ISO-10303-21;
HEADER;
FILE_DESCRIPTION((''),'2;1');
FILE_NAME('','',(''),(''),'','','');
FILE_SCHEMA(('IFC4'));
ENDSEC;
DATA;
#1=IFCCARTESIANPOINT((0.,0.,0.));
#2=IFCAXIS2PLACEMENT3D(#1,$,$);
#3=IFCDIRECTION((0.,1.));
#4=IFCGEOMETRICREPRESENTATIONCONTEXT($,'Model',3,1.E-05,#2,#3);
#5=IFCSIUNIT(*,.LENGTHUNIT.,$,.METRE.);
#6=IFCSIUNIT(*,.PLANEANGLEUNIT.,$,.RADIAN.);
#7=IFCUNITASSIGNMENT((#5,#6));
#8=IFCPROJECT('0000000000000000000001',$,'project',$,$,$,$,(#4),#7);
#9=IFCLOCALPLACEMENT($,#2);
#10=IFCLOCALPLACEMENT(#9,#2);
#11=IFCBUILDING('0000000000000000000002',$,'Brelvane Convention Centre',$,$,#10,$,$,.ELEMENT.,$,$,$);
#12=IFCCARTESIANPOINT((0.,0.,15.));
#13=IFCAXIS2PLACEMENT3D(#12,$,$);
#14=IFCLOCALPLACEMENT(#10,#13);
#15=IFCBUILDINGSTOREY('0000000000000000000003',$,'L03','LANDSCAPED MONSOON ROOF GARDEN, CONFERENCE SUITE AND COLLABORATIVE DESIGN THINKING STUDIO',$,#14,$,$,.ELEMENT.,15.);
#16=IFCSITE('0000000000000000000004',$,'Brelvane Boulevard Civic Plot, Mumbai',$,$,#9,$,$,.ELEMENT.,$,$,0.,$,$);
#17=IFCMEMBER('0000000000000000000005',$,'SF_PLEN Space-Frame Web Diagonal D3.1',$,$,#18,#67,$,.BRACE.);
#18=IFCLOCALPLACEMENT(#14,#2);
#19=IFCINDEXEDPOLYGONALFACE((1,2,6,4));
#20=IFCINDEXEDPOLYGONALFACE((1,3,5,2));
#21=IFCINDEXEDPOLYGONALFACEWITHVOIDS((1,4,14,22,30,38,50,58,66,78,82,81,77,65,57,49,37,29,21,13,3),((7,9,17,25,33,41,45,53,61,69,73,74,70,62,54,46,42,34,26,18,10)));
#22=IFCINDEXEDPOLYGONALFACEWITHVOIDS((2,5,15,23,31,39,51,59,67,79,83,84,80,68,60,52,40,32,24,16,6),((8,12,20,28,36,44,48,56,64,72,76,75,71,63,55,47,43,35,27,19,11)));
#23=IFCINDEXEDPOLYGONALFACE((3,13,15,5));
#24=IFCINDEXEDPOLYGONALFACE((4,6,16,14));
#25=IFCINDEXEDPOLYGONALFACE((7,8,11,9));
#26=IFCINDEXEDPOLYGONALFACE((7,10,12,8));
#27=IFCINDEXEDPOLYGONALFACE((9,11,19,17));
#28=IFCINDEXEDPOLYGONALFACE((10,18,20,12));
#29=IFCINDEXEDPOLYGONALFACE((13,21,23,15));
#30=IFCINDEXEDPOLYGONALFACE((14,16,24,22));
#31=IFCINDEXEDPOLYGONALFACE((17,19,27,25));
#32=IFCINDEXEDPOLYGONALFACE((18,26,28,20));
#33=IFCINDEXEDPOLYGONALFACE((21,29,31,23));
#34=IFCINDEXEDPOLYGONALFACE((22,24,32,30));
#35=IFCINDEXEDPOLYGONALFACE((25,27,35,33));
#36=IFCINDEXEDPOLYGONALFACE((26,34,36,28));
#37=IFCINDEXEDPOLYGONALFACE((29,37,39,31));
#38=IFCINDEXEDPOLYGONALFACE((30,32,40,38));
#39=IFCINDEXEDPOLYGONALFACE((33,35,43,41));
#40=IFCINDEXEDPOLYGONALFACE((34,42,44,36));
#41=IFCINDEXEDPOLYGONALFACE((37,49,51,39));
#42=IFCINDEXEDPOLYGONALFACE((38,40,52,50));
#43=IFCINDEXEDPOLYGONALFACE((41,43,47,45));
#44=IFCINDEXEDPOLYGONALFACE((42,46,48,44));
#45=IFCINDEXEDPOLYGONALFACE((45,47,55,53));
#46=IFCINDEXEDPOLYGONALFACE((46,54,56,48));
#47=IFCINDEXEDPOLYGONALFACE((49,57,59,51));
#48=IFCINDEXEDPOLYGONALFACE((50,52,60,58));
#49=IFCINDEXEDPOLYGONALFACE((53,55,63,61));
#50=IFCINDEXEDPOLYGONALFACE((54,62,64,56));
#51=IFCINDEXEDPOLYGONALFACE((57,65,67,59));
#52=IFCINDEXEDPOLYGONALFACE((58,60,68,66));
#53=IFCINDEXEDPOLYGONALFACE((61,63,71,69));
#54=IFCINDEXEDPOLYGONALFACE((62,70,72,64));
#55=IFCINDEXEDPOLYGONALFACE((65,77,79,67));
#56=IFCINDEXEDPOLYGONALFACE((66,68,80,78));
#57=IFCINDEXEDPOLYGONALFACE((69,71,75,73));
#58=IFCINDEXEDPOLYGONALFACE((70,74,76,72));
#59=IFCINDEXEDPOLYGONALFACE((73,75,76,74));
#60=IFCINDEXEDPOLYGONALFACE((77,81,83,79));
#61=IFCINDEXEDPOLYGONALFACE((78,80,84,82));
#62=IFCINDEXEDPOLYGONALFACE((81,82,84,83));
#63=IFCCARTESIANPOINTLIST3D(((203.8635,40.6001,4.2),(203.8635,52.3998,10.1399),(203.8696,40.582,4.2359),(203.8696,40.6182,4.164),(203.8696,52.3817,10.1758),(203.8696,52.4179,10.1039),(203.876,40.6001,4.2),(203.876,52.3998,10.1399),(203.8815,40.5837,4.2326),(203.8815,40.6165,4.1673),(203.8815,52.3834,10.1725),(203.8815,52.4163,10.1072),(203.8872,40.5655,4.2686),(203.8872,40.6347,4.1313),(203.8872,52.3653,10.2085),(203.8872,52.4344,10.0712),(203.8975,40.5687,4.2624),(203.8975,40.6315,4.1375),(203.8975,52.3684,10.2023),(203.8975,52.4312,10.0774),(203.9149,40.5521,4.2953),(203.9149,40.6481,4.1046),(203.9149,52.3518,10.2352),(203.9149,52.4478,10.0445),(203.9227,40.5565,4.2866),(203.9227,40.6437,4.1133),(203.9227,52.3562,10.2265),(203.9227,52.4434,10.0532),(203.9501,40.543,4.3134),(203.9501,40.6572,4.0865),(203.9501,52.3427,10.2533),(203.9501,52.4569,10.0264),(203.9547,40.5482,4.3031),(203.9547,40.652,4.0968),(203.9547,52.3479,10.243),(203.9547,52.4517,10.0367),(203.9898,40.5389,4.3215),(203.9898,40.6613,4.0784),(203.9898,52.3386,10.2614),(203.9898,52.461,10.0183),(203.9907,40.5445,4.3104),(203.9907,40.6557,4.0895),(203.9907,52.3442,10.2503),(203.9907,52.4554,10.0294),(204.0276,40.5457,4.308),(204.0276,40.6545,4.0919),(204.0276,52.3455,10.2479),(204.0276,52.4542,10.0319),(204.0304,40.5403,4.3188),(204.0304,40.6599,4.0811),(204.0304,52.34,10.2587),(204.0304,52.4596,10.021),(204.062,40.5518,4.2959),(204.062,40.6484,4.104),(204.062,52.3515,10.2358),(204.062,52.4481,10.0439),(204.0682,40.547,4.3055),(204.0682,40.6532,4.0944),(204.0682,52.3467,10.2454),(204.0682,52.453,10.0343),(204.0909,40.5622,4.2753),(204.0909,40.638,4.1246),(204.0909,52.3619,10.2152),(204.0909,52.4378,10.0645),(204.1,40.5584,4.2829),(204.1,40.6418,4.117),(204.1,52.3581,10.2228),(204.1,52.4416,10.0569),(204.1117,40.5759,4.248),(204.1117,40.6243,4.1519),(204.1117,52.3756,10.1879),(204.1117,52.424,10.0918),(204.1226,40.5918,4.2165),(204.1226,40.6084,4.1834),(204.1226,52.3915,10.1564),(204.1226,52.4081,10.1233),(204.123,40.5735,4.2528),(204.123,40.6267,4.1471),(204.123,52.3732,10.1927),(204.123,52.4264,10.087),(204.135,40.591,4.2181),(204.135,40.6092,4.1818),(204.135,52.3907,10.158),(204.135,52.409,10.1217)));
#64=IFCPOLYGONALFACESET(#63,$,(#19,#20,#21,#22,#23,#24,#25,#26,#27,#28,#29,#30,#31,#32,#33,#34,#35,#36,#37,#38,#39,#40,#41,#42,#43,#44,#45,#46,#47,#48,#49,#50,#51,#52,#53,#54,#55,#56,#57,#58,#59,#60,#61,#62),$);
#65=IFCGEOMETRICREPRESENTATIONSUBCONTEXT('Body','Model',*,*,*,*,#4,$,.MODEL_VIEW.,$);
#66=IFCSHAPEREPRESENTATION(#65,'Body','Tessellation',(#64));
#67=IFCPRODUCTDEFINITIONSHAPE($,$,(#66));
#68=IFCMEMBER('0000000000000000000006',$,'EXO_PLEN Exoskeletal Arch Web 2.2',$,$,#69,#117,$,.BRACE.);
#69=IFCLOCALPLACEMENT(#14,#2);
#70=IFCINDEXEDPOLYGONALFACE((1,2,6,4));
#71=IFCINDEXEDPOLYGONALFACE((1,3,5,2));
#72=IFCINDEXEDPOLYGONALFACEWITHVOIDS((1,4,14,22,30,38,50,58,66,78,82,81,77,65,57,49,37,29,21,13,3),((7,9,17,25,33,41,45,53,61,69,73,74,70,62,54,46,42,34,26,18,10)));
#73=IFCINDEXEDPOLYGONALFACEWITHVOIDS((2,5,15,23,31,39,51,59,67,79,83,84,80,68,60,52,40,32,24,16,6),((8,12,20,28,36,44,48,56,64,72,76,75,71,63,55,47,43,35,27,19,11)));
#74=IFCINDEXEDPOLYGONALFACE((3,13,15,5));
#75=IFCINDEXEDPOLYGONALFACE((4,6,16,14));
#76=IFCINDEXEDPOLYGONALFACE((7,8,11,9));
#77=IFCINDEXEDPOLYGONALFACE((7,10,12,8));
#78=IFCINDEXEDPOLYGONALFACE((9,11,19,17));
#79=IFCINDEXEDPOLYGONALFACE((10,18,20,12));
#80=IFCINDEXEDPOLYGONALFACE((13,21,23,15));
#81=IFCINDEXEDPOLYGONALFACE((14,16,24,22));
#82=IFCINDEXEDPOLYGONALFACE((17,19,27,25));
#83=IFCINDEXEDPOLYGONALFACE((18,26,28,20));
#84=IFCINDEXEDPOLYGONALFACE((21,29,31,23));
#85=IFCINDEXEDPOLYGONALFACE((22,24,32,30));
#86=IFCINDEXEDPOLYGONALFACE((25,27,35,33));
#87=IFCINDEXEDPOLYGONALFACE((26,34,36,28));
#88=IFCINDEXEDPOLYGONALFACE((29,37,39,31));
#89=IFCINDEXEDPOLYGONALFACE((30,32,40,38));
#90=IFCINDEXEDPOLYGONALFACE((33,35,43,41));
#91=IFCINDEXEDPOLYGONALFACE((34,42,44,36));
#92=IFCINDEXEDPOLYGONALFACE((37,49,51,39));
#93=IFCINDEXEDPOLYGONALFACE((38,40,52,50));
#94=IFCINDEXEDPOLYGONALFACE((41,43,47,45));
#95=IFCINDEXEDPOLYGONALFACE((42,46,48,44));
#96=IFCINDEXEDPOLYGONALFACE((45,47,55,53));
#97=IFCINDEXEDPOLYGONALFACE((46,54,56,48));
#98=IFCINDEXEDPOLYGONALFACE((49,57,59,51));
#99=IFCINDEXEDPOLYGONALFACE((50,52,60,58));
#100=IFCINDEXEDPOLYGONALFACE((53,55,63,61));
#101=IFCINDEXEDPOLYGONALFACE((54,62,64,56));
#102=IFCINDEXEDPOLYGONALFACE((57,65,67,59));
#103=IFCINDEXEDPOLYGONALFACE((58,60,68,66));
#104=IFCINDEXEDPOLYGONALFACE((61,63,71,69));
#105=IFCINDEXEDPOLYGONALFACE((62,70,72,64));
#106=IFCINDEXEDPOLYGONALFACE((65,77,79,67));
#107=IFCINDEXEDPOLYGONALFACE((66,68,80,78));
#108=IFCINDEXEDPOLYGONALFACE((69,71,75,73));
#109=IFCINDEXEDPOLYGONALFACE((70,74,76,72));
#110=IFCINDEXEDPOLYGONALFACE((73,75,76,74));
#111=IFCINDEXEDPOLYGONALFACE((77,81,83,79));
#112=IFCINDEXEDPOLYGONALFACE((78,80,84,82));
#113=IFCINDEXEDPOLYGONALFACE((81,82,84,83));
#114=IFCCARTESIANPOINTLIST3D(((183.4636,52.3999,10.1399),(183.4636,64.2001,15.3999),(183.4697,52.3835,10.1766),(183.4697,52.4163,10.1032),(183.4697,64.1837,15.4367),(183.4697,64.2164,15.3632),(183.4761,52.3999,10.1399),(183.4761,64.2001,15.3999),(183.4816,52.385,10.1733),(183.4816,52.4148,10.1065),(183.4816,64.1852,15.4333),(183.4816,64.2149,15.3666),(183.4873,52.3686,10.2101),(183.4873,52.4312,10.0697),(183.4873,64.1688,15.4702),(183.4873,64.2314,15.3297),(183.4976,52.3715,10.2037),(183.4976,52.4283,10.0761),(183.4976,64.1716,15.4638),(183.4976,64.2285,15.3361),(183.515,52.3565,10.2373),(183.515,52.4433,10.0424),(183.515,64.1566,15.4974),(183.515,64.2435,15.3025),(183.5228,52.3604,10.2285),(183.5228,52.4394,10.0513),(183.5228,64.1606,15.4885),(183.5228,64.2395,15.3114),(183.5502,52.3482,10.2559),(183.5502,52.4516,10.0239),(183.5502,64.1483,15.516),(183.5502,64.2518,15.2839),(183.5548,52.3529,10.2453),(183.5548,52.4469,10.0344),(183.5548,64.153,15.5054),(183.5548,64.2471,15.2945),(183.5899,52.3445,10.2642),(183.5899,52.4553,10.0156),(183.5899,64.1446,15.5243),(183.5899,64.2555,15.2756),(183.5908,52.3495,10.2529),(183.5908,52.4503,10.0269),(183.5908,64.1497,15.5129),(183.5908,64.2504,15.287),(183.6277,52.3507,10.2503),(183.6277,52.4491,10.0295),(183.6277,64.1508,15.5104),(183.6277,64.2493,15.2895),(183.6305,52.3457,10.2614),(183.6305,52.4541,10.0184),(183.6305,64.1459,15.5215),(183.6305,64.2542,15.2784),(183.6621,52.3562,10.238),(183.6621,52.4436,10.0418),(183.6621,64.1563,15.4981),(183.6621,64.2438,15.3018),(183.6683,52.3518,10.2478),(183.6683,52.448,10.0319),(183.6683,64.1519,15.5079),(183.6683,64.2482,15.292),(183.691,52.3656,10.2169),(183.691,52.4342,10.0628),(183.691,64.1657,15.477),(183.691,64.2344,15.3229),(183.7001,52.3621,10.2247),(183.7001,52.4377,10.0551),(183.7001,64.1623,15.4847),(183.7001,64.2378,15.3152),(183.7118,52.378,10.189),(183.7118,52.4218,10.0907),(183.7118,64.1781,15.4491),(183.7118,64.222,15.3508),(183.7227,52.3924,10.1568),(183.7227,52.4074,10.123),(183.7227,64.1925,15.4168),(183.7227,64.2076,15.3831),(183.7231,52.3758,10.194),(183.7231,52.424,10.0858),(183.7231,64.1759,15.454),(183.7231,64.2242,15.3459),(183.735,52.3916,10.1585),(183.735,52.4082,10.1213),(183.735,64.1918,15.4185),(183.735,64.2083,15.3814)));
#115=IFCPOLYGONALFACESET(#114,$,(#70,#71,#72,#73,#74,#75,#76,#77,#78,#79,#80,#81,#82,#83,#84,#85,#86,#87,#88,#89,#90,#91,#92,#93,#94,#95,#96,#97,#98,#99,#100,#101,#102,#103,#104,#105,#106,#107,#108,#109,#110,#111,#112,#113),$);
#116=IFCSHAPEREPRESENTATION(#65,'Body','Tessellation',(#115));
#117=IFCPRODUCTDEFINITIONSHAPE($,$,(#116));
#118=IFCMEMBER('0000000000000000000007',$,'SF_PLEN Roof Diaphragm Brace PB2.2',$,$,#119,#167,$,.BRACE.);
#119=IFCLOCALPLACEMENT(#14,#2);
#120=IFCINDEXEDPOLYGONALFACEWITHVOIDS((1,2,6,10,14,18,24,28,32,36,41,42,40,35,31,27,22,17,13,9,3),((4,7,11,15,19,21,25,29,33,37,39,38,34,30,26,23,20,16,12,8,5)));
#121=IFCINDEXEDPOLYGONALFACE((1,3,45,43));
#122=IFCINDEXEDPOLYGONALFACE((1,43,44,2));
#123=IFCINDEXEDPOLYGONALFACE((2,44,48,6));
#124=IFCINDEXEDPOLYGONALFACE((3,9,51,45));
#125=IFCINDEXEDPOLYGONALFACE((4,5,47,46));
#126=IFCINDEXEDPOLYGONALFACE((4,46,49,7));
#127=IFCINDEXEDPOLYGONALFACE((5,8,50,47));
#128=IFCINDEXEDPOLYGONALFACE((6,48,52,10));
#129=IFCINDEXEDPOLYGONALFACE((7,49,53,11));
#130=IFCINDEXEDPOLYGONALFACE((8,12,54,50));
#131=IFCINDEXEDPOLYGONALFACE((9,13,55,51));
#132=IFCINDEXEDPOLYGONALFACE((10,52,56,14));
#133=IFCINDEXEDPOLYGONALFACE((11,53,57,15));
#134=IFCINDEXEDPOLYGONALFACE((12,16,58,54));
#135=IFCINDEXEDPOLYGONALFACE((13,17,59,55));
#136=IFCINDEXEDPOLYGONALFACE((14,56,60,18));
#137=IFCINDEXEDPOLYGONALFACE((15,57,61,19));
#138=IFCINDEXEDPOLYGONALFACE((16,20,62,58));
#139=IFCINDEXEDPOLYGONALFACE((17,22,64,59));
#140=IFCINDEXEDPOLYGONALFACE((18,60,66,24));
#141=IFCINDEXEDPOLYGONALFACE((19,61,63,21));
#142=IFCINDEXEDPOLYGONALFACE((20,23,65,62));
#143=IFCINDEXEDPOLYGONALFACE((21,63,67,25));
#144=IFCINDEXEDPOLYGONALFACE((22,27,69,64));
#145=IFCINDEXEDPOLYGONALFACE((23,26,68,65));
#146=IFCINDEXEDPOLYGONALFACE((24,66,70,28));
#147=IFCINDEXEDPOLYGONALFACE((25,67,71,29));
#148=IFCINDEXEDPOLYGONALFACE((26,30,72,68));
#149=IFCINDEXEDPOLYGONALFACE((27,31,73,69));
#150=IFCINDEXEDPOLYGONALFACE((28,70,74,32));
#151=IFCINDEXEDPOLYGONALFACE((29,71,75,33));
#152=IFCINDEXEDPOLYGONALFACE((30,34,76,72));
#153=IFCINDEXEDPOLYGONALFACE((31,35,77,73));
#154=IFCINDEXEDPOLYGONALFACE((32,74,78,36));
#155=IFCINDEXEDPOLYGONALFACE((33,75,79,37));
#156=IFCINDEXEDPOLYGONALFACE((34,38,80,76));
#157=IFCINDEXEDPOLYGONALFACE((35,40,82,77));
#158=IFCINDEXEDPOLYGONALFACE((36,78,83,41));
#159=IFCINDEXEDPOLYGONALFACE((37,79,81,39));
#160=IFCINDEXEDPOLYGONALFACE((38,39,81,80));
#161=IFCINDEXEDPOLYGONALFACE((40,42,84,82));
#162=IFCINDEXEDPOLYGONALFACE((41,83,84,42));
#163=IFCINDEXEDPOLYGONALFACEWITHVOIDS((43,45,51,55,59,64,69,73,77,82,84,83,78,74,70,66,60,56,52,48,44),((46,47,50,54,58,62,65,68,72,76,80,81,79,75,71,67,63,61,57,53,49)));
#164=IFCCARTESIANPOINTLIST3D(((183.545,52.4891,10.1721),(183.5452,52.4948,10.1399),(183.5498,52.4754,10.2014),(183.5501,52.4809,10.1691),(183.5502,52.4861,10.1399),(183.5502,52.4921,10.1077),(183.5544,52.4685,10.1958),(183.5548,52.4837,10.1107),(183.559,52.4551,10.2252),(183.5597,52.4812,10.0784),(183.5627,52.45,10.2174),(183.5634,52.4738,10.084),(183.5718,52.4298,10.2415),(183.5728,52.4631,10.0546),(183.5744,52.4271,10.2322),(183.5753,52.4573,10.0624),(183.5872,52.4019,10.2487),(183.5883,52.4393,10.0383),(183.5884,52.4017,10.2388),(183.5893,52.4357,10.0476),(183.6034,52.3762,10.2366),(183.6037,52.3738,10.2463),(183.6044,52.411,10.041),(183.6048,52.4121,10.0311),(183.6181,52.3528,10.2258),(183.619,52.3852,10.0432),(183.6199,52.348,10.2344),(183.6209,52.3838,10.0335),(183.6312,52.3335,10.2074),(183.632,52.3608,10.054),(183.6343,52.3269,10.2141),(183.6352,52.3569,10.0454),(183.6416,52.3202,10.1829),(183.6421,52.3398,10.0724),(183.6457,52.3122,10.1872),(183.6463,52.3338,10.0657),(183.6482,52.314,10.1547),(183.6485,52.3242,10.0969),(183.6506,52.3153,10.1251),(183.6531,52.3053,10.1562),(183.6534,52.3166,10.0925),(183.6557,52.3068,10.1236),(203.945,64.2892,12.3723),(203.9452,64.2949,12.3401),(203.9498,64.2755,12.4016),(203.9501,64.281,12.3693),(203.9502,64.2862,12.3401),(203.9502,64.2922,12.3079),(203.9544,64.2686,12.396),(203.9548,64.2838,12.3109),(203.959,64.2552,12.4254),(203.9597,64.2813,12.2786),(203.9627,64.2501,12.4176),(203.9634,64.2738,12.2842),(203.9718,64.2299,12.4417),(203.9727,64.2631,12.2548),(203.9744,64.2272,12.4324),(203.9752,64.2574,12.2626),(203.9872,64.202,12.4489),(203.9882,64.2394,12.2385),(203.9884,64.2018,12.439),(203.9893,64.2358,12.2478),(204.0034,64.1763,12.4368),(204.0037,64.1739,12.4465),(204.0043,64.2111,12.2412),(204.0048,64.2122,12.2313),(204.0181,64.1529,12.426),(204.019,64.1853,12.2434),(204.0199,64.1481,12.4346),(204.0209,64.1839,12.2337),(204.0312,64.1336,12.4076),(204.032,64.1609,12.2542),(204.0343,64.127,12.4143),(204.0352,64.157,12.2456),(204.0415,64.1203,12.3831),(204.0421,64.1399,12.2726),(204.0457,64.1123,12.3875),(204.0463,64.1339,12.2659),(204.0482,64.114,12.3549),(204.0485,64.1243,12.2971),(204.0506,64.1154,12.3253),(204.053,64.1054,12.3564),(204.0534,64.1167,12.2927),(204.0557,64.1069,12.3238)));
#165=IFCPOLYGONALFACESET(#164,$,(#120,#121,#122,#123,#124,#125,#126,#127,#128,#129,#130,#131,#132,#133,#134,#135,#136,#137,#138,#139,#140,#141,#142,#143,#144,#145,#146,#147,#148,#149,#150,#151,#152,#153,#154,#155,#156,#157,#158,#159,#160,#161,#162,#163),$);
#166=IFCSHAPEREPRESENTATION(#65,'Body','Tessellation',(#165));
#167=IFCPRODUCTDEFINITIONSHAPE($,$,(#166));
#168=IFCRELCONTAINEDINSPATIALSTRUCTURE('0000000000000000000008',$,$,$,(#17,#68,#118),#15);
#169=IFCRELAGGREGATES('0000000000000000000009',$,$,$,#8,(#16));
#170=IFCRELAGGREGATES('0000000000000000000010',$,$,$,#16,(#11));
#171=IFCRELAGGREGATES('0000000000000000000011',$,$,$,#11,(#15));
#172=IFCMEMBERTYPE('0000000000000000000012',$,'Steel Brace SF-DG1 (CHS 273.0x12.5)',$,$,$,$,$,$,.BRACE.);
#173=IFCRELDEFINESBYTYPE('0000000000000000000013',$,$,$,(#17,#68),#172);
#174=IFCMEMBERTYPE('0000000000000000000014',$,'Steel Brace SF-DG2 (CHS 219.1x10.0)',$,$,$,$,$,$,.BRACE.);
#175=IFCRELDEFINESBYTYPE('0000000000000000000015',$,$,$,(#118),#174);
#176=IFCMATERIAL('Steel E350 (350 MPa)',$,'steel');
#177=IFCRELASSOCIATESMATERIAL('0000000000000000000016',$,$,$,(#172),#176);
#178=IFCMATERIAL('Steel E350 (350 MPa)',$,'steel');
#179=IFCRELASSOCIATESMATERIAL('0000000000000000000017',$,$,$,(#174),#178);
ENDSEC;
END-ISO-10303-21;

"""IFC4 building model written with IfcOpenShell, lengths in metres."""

from ifc_helpers import new_model, si_unit, direction, frame, origin, origin_2d, place, context, subcontext, project, spatial, hollow_circle, extrude, material, material_profile, profile_set, type_object, element, save


model = new_model("IFC4")

# Units and contexts
model_context = context("Model", 3, precision=1e-05, world=origin(), true_north=direction((0.0, 1.0)))
body_context = subcontext(model_context, "Body", "Model", "MODEL_VIEW")
ifc_project = project(units=[si_unit("LENGTHUNIT", "METRE"), si_unit("PLANEANGLEUNIT", "RADIAN")], contexts=[model_context])

# Site, building, storey
site_placement = place(None, origin())
site = spatial("IfcSite", under=ifc_project, at=site_placement, Name="Brelvane Boulevard Civic Plot, Mumbai", CompositionType="ELEMENT", RefElevation=0.0)
building_placement = place(site_placement, origin())
building = spatial("IfcBuilding", under=site, at=building_placement, Name="Brelvane Convention Centre", CompositionType="ELEMENT")
storey_placement = place(building_placement, frame((0.0, 0.0, 15.0)))
storey = spatial("IfcBuildingStorey", under=building, at=storey_placement, Name="L03", Description="LANDSCAPED MONSOON ROOF GARDEN, CONFERENCE SUITE AND COLLABORATIVE DESIGN THINKING STUDIO", CompositionType="ELEMENT", Elevation=15.0)

# Members
ifc_material_1 = material(Name="Steel E350 (350 MPa)", Category="steel")
ifc_material_profile_1 = material_profile(ifc_material_1, hollow_circle(Radius=0.1365, WallThickness=0.0125, at=origin_2d()), Name="CHS 273.0x12.5")
ifc_profile_set_1 = profile_set([ifc_material_profile_1], Name="Steel E350 (350 MPa)")
member_type_1 = type_object("IfcMemberType", Name="Steel Brace SF-DG1 (CHS 273.0x12.5)", PredefinedType="BRACE", material=ifc_profile_set_1)
member_1_placement = place(storey_placement, frame((204.0, 40.6001, 4.2), z_axis=(0.0, 0.893212, 0.449637), x_axis=(-1.0, 0.0, 0.0)))
element("IfcMember", 1, at=member_1_placement, inside=storey, type_object=member_type_1, Name="SF_PLEN Space-Frame Web Diagonal D3.1", PredefinedType="BRACE", context=body_context, shape_type="SweptSolid", body=[
    extrude(hollow_circle(Radius=0.1365, WallThickness=0.0125, at=origin_2d()), origin(), (0.0, 0.0, 1.0), 13.2104),
])
member_2_placement = place(storey_placement, frame((183.6001, 52.3999, 10.1399), z_axis=(0.0, 0.913364, 0.407143), x_axis=(-1.0, 0.0, 0.0)))
element("IfcMember", 2, at=member_2_placement, inside=storey, type_object=member_type_1, Name="EXO_PLEN Exoskeletal Arch Web 2.2", PredefinedType="BRACE", context=body_context, shape_type="SweptSolid", body=[
    extrude(hollow_circle(Radius=0.1365, WallThickness=0.0125, at=origin_2d()), origin(), (0.0, 0.0, 1.0), 12.9194),
])
ifc_material_2 = material(Name="Steel E350 (350 MPa)", Category="steel")
ifc_material_profile_2 = material_profile(ifc_material_2, hollow_circle(Radius=0.1096, WallThickness=0.01, at=origin_2d()), Name="CHS 219.1x10.0")
ifc_profile_set_2 = profile_set([ifc_material_profile_2], Name="Steel E350 (350 MPa)")
member_type_2 = type_object("IfcMemberType", Name="Steel Brace SF-DG2 (CHS 219.1x10.0)", PredefinedType="BRACE", material=ifc_profile_set_2)
member_3_placement = place(storey_placement, frame((183.6001, 52.3999, 10.1399), z_axis=(0.86187, 0.498537, 0.092955), x_axis=(-0.500705, 0.865618, 0.0)))
element("IfcMember", 3, at=member_3_placement, inside=storey, type_object=member_type_2, Name="SF_PLEN Roof Diaphragm Brace PB2.2", PredefinedType="BRACE", context=body_context, shape_type="SweptSolid", body=[
    extrude(hollow_circle(Radius=0.1096, WallThickness=0.01, at=origin_2d()), origin(), (0.0, 0.0, 1.0), 23.6694),
])

save(model, "model.ifc")
